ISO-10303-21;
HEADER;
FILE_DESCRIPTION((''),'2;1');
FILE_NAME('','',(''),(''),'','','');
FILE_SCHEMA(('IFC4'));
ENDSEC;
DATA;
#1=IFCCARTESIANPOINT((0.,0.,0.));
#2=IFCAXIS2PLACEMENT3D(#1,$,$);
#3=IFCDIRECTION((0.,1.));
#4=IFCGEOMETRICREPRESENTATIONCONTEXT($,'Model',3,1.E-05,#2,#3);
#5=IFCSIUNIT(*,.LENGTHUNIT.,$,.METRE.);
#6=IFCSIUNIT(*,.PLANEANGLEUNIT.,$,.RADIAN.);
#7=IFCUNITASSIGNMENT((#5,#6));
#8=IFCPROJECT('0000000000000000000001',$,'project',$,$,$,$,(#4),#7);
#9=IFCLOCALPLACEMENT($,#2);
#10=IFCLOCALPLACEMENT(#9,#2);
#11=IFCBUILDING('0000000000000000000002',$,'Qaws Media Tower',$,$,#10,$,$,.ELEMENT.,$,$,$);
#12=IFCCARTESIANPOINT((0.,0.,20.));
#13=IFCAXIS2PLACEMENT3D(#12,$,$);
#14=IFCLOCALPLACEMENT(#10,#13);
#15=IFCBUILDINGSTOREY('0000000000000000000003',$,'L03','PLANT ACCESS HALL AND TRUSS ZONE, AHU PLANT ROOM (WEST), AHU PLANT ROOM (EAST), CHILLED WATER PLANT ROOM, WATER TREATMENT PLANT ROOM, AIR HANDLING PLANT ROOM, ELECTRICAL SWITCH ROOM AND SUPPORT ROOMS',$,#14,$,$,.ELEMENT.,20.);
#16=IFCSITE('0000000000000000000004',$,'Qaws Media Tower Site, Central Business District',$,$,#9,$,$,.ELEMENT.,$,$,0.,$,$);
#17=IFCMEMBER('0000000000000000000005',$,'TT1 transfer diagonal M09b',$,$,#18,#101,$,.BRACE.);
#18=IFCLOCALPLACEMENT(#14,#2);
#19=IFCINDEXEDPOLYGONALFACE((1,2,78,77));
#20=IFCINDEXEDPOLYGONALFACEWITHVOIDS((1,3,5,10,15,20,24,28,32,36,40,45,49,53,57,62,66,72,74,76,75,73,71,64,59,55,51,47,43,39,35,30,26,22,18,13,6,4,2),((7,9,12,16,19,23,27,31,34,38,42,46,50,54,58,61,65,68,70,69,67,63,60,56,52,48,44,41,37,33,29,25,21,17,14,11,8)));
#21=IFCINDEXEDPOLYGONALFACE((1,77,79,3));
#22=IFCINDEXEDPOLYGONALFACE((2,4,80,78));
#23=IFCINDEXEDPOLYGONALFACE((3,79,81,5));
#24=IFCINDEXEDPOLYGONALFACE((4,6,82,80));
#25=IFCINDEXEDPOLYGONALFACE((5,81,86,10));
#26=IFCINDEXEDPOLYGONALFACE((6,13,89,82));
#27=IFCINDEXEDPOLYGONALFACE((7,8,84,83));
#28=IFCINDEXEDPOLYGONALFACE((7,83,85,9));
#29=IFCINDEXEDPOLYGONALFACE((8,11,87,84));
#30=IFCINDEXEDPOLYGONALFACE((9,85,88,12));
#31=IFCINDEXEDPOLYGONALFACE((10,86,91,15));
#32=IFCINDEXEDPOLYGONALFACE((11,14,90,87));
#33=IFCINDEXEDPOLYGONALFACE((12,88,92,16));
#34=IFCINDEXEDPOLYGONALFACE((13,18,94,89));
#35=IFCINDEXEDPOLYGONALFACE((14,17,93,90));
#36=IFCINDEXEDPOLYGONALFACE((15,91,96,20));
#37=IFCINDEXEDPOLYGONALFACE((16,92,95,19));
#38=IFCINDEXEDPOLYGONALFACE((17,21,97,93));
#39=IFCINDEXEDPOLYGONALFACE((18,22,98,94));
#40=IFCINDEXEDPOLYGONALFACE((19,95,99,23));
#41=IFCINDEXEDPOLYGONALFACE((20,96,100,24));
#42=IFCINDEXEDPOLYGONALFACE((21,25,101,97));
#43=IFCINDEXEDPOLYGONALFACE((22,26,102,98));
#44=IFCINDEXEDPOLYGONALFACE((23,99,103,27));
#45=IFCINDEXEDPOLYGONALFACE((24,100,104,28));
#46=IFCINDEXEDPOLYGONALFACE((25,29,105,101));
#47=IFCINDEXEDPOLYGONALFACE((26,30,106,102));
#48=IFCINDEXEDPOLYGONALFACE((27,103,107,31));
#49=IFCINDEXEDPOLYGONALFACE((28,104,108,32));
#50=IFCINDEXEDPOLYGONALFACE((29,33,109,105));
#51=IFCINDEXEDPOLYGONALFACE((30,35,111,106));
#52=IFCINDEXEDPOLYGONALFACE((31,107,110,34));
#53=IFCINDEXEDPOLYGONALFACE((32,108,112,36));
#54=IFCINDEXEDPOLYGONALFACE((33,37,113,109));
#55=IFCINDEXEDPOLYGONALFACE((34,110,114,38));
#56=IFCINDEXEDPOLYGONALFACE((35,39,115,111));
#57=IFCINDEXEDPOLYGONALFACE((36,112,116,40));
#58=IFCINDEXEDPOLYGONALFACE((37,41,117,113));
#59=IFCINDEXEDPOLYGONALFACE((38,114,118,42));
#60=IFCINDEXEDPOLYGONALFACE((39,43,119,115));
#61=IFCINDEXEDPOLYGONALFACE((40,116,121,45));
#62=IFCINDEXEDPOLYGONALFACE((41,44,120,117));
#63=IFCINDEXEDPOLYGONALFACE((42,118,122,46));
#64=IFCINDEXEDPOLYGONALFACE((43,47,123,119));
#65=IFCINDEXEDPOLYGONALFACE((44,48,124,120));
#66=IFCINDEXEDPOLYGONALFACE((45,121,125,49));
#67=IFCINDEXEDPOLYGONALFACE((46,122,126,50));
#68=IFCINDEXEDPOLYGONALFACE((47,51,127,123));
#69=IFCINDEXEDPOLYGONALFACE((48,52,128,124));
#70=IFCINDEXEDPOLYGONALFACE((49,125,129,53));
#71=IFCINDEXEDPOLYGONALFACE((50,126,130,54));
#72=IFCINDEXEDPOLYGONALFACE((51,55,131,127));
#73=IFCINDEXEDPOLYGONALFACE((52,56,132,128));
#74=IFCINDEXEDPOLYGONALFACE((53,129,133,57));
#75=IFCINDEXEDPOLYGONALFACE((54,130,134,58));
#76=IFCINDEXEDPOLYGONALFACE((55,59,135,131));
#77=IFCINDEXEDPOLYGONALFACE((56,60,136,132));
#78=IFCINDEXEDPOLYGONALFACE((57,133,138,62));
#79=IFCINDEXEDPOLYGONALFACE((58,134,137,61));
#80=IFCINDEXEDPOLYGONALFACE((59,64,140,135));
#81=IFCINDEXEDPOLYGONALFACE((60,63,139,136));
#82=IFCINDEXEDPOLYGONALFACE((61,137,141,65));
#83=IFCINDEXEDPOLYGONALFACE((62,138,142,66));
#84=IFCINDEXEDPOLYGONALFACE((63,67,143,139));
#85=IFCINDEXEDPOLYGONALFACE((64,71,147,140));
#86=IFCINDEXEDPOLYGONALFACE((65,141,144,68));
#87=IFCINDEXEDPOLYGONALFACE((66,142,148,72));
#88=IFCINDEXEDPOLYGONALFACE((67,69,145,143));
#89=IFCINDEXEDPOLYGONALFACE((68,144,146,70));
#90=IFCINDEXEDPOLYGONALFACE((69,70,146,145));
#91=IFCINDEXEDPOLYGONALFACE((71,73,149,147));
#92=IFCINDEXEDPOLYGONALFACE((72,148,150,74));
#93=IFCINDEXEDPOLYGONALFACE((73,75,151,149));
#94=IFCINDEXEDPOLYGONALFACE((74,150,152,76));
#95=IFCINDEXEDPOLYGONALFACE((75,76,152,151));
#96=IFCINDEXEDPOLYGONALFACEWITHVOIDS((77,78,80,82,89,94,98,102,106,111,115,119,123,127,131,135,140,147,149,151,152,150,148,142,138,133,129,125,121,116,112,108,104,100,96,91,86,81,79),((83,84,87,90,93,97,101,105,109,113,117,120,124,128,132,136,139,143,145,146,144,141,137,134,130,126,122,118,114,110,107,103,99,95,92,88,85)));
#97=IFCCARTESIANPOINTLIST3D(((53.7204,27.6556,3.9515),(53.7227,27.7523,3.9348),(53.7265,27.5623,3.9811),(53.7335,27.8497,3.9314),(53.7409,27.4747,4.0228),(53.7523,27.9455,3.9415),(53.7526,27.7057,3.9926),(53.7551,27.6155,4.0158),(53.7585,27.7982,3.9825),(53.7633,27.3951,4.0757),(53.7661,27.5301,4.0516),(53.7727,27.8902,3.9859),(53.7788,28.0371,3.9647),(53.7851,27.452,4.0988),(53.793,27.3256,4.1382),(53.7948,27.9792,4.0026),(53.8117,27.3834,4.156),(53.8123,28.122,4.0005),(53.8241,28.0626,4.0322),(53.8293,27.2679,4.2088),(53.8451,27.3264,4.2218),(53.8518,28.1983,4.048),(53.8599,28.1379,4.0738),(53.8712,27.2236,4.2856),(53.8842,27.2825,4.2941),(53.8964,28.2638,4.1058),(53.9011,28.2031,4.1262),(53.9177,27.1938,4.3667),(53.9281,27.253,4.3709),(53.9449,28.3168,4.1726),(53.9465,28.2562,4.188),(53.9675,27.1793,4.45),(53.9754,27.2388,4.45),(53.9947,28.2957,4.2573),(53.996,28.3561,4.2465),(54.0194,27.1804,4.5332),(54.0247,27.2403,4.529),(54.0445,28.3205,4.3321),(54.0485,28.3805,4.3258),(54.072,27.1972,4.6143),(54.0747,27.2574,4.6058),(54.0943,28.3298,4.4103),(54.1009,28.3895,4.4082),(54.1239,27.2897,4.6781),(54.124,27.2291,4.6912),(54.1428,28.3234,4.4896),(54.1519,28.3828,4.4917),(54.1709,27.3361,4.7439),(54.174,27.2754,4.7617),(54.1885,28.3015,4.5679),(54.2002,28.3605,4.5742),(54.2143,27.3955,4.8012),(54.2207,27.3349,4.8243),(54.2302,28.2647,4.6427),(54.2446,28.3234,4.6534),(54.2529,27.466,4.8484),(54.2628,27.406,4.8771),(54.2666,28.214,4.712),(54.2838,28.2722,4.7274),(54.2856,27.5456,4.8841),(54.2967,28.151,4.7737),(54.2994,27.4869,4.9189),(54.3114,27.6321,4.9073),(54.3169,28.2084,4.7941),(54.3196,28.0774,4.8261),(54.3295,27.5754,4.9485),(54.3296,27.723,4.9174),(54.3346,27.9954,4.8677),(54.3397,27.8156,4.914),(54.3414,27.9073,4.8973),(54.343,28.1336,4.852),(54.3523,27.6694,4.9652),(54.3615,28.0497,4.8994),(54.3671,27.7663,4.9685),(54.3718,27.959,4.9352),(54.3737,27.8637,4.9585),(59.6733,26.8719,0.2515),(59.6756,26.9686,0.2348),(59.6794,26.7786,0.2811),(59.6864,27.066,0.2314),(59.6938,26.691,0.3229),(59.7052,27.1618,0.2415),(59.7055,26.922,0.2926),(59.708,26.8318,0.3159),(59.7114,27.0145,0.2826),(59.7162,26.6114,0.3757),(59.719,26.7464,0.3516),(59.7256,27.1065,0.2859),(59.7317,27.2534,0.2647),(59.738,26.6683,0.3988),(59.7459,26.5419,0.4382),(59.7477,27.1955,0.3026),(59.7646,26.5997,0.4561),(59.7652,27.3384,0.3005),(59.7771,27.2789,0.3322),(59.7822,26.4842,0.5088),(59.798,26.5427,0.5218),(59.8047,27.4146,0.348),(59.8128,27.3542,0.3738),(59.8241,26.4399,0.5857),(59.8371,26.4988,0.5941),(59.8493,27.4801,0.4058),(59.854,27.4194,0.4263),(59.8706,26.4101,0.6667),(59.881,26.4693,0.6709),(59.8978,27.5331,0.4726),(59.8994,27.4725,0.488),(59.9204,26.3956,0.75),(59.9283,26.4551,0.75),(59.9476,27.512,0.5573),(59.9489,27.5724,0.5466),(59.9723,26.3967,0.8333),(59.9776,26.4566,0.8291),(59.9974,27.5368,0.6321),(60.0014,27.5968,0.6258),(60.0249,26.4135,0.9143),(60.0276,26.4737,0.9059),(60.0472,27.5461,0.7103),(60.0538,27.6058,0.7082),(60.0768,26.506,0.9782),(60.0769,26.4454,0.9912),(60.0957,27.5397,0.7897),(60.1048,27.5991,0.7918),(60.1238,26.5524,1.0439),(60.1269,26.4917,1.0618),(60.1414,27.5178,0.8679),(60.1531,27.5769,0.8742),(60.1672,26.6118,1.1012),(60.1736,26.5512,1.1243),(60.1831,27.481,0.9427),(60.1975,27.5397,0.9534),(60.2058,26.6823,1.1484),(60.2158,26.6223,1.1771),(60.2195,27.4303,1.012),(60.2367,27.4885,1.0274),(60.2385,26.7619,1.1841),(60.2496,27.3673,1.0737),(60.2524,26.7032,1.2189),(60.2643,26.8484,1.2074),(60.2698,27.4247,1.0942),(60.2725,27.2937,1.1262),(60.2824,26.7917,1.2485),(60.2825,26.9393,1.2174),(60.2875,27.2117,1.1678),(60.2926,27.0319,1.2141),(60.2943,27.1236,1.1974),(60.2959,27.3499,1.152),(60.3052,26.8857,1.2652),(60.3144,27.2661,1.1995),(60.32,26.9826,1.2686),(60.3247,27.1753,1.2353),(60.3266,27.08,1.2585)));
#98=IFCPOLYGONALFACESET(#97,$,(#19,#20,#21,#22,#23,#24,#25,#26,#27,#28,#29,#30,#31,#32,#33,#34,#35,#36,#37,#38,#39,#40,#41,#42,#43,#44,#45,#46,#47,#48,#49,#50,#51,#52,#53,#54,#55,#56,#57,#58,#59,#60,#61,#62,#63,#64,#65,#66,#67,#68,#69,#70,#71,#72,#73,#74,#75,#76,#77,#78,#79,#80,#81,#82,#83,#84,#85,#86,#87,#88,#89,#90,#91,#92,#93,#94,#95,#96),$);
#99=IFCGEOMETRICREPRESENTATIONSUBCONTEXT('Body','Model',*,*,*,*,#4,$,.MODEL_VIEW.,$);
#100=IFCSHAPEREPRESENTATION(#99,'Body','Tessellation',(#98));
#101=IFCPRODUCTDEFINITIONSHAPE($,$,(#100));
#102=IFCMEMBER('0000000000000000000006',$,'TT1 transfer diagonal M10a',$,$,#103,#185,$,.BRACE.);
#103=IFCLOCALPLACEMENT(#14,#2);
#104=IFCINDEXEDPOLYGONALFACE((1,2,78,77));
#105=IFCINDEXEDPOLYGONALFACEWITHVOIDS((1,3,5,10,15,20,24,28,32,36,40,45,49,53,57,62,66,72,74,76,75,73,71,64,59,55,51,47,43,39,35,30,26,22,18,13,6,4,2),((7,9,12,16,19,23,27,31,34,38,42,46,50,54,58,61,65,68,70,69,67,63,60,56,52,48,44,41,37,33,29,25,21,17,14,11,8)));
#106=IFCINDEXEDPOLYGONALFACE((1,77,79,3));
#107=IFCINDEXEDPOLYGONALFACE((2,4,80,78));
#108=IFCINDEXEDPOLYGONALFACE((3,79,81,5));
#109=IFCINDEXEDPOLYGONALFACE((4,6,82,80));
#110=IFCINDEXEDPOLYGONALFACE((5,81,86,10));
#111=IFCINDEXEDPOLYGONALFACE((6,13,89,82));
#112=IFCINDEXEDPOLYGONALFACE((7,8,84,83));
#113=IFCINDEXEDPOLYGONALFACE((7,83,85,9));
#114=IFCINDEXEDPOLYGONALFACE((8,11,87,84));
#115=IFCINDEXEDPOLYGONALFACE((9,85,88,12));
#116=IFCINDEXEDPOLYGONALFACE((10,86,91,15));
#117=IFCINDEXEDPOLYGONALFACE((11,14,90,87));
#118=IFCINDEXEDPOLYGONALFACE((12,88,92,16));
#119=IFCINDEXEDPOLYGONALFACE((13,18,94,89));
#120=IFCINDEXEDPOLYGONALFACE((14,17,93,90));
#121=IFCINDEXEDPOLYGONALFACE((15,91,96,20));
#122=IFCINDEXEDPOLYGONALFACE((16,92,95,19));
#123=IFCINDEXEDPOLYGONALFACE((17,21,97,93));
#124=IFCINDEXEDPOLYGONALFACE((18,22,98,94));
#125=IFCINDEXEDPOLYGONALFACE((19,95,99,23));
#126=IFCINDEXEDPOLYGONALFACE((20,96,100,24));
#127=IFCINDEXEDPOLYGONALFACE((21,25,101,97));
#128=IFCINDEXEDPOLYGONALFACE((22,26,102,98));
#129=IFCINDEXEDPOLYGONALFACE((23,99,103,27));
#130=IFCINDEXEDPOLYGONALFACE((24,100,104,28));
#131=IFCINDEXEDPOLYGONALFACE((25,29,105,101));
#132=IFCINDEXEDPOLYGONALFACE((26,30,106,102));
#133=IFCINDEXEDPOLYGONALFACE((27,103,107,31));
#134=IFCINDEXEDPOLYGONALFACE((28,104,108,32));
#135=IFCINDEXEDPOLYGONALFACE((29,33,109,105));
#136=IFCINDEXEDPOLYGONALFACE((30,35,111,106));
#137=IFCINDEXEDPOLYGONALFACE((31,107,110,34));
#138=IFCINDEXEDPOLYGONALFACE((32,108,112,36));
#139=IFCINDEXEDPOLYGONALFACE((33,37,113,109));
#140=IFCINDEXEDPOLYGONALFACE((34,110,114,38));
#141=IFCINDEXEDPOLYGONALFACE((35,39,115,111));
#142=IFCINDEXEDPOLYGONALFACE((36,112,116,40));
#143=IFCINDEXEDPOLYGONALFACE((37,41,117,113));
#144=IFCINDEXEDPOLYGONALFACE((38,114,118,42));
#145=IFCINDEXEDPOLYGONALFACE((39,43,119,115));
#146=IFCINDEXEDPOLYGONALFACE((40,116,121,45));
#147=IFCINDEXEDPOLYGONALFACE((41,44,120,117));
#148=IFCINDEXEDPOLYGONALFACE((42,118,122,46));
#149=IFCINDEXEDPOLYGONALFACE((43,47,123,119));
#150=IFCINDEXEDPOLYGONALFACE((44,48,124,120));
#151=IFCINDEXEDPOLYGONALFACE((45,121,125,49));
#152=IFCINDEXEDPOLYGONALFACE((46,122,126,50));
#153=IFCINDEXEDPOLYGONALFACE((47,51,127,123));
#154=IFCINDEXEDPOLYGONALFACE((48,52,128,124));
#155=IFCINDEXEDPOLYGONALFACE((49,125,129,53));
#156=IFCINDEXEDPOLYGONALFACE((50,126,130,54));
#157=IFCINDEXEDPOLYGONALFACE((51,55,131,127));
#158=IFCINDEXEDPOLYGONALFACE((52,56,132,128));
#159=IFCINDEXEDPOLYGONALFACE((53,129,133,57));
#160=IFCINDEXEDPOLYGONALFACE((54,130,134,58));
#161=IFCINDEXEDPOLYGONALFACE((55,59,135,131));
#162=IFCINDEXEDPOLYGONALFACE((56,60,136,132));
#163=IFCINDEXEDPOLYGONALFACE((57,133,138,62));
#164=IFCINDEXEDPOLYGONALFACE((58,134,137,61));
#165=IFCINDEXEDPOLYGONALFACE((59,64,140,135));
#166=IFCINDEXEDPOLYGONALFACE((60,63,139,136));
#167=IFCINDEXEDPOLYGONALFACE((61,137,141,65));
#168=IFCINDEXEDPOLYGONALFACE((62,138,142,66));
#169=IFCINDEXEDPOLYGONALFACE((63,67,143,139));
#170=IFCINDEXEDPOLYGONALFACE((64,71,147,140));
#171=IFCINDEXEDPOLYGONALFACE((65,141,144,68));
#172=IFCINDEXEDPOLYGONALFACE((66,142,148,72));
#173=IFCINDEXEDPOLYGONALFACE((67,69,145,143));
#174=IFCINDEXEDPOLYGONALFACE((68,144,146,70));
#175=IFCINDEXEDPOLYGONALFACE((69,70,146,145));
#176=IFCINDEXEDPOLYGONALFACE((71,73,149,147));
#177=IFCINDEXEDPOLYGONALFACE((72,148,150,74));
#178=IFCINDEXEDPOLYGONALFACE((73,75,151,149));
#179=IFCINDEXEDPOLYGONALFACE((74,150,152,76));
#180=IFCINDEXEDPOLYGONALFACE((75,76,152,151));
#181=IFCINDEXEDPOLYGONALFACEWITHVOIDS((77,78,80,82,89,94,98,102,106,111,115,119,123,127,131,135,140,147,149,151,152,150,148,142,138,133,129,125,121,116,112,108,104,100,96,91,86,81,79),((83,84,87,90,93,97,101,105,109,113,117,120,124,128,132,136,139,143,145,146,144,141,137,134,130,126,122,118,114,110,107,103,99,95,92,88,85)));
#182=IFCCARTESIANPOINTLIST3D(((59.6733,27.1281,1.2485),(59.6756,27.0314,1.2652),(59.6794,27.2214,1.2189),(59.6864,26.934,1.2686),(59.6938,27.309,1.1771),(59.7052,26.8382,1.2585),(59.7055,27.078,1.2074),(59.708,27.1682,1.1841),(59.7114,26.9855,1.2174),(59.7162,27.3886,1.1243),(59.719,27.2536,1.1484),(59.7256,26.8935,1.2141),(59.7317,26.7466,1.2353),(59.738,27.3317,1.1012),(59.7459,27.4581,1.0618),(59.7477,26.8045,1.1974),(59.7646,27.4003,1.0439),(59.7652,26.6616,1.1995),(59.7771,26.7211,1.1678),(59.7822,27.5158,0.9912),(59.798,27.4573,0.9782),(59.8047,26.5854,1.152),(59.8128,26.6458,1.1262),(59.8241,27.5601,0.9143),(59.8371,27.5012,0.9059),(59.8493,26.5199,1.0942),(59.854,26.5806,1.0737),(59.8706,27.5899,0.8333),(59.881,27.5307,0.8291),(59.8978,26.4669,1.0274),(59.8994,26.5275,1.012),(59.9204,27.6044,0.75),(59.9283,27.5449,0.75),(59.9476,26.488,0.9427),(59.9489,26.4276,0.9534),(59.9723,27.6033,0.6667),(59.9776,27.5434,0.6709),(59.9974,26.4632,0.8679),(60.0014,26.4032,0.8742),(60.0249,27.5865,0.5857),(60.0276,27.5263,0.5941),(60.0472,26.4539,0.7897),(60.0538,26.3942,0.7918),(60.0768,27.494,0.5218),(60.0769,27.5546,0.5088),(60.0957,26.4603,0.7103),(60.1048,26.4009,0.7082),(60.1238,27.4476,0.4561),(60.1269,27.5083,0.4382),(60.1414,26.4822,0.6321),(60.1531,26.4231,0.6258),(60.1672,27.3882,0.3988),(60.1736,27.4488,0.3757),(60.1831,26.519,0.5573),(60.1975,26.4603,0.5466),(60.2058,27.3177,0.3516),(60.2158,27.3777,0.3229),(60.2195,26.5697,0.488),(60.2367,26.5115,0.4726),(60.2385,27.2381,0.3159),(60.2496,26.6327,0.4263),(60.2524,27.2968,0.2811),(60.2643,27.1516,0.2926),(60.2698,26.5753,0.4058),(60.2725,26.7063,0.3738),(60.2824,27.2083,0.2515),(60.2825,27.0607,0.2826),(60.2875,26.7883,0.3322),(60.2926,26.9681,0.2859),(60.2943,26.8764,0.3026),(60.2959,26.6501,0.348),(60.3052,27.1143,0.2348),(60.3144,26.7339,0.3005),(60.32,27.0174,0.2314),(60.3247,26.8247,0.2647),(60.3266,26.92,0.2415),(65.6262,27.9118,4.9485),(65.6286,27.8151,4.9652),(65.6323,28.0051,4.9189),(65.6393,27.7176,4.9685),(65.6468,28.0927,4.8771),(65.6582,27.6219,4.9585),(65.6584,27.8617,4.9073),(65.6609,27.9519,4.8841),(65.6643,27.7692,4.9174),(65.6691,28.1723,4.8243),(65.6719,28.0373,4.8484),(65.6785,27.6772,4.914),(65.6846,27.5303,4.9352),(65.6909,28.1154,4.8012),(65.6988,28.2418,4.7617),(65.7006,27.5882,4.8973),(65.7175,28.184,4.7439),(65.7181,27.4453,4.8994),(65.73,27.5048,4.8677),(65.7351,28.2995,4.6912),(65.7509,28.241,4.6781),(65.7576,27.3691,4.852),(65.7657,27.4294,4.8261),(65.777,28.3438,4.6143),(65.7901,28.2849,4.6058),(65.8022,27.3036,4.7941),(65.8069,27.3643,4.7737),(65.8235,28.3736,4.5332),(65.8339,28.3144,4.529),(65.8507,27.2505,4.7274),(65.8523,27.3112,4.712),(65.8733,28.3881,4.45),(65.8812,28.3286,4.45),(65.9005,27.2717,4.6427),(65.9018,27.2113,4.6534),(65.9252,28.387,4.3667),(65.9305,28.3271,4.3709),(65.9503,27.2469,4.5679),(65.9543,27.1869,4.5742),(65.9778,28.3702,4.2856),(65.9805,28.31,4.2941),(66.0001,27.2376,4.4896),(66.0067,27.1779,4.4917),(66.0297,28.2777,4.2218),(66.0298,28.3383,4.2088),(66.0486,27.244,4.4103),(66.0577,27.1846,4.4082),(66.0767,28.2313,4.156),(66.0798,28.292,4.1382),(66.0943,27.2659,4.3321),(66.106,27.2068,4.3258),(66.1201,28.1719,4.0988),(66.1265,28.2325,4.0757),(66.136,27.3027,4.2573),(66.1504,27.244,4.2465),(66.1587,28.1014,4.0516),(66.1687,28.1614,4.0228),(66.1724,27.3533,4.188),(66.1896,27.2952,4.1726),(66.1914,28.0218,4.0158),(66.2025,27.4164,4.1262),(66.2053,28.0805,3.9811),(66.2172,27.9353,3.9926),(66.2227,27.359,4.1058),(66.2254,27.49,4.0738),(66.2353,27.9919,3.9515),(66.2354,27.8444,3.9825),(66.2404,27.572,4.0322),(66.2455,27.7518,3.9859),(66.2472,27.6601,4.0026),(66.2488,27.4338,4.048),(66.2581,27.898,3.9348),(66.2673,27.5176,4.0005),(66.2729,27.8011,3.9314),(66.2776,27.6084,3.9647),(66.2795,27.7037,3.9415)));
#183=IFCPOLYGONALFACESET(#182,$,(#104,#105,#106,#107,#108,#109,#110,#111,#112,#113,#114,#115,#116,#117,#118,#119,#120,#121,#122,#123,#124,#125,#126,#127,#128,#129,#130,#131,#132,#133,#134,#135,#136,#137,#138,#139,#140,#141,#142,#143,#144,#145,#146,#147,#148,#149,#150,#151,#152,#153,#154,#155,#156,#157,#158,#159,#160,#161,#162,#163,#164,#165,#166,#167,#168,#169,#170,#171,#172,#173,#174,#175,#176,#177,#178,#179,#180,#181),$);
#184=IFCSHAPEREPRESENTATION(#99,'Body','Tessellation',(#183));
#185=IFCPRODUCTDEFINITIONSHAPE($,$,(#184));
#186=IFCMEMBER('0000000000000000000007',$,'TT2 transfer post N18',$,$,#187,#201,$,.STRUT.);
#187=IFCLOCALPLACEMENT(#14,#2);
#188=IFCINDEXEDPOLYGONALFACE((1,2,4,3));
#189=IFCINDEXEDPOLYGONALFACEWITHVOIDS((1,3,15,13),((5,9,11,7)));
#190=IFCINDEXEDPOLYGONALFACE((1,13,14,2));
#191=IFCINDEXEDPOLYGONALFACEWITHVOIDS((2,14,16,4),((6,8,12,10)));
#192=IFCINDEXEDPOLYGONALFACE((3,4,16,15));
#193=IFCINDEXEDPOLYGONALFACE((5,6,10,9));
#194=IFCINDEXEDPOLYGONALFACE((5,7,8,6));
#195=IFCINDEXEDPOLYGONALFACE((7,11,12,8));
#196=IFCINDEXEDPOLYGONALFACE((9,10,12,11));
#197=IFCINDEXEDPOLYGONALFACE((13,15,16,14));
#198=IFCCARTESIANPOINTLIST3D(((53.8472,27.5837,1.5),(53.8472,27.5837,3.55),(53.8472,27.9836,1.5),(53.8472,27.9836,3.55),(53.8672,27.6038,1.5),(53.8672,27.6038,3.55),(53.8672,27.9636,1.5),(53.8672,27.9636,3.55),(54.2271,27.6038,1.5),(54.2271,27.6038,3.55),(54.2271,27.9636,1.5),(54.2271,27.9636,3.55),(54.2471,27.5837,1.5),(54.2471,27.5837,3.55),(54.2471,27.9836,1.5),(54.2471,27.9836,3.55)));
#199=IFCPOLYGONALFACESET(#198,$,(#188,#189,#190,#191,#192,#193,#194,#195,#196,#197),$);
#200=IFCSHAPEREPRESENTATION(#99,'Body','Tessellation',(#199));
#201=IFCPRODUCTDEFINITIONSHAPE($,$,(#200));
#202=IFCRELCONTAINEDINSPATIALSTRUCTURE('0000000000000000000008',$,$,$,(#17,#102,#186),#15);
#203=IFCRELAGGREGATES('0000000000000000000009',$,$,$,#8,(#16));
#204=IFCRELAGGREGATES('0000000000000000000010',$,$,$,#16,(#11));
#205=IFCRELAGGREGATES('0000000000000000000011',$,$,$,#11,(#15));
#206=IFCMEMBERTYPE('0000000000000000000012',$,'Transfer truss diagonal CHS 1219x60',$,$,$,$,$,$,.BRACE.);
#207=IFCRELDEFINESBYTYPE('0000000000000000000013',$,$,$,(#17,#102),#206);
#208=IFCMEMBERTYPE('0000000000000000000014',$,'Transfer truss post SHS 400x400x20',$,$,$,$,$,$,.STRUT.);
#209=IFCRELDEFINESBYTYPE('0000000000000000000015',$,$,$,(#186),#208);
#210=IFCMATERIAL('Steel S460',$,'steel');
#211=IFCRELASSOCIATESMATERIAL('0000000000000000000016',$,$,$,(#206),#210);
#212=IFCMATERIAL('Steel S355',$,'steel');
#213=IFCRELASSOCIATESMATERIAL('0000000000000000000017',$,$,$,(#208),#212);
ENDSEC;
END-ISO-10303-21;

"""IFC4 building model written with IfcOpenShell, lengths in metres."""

from ifc_helpers import new_model, si_unit, direction, frame, origin, origin_2d, place, context, subcontext, project, spatial, hollow_rectangle, hollow_circle, extrude, material, material_profile, profile_set, type_object, element, save


model = new_model("IFC4")

# Units and contexts
model_context = context("Model", 3, precision=1e-05, world=origin(), true_north=direction((0.0, 1.0)))
body_context = subcontext(model_context, "Body", "Model", "MODEL_VIEW")
ifc_project = project(units=[si_unit("LENGTHUNIT", "METRE"), si_unit("PLANEANGLEUNIT", "RADIAN")], contexts=[model_context])

# Site, building, storey
site_placement = place(None, origin())
site = spatial("IfcSite", under=ifc_project, at=site_placement, Name="Qaws Media Tower Site, Central Business District", CompositionType="ELEMENT", RefElevation=0.0)
building_placement = place(site_placement, origin())
building = spatial("IfcBuilding", under=site, at=building_placement, Name="Qaws Media Tower", CompositionType="ELEMENT")
storey_placement = place(building_placement, frame((0.0, 0.0, 20.0)))
storey = spatial("IfcBuildingStorey", under=building, at=storey_placement, Name="L03", Description="PLANT ACCESS HALL AND TRUSS ZONE, AHU PLANT ROOM (WEST), AHU PLANT ROOM (EAST), CHILLED WATER PLANT ROOM, WATER TREATMENT PLANT ROOM, AIR HANDLING PLANT ROOM, ELECTRICAL SWITCH ROOM AND SUPPORT ROOMS", CompositionType="ELEMENT", Elevation=20.0)

# Members
ifc_material_1 = material(Name="Steel S460", Category="steel")
ifc_material_profile_1 = material_profile(ifc_material_1, hollow_circle(Radius=0.6096, WallThickness=0.0601, at=origin_2d()), Name="CHS 1219x60")
ifc_profile_set_1 = profile_set([ifc_material_profile_1], Name="Steel S460")
member_type_1 = type_object("IfcMemberType", Name="Transfer truss diagonal CHS 1219x60", PredefinedType="BRACE", material=ifc_profile_set_1)
for number, where, z_axis, x_axis, name in (
    (1, (60.0, 27.0, 0.75), (-0.844057, 0.111119, 0.524615), (-0.130523, -0.991445, 0.0), "TT1 transfer diagonal M09b"),
    (2, (60.0, 27.0, 0.75), (0.844057, 0.111119, 0.524615), (-0.130523, 0.991445, 0.0), "TT1 transfer diagonal M10a"),
):
    element("IfcMember", number, at=place(storey_placement, frame(where, z_axis=z_axis, x_axis=x_axis)), inside=storey, type_object=member_type_1, Name=name, PredefinedType="BRACE", context=body_context, shape_type="SweptSolid", body=[
        extrude(hollow_circle(Radius=0.6096, WallThickness=0.0601, at=origin_2d()), origin(), (0.0, 0.0, 1.0), 7.0527),
    ])
ifc_material_2 = material(Name="Steel S355", Category="steel")
ifc_material_profile_2 = material_profile(ifc_material_2, hollow_rectangle(XDim=0.3999, YDim=0.3999, WallThickness=0.02, at=origin_2d()), Name="SHS 400x400x20")
ifc_profile_set_2 = profile_set([ifc_material_profile_2], Name="Steel S355")
member_type_2 = type_object("IfcMemberType", Name="Transfer truss post SHS 400x400x20", PredefinedType="STRUT", material=ifc_profile_set_2)
member_placement = place(storey_placement, frame((54.0471, 27.7837, 1.5), z_axis=(0.0, 0.0, 1.0), x_axis=(1.0, 0.0, 0.0)))
element("IfcMember", 3, at=member_placement, inside=storey, type_object=member_type_2, Name="TT2 transfer post N18", PredefinedType="STRUT", context=body_context, shape_type="SweptSolid", body=[
    extrude(hollow_rectangle(XDim=0.3999, YDim=0.3999, WallThickness=0.02, at=origin_2d()), origin(), (0.0, 0.0, 1.0), 2.05),
])

save(model, "model.ifc")
